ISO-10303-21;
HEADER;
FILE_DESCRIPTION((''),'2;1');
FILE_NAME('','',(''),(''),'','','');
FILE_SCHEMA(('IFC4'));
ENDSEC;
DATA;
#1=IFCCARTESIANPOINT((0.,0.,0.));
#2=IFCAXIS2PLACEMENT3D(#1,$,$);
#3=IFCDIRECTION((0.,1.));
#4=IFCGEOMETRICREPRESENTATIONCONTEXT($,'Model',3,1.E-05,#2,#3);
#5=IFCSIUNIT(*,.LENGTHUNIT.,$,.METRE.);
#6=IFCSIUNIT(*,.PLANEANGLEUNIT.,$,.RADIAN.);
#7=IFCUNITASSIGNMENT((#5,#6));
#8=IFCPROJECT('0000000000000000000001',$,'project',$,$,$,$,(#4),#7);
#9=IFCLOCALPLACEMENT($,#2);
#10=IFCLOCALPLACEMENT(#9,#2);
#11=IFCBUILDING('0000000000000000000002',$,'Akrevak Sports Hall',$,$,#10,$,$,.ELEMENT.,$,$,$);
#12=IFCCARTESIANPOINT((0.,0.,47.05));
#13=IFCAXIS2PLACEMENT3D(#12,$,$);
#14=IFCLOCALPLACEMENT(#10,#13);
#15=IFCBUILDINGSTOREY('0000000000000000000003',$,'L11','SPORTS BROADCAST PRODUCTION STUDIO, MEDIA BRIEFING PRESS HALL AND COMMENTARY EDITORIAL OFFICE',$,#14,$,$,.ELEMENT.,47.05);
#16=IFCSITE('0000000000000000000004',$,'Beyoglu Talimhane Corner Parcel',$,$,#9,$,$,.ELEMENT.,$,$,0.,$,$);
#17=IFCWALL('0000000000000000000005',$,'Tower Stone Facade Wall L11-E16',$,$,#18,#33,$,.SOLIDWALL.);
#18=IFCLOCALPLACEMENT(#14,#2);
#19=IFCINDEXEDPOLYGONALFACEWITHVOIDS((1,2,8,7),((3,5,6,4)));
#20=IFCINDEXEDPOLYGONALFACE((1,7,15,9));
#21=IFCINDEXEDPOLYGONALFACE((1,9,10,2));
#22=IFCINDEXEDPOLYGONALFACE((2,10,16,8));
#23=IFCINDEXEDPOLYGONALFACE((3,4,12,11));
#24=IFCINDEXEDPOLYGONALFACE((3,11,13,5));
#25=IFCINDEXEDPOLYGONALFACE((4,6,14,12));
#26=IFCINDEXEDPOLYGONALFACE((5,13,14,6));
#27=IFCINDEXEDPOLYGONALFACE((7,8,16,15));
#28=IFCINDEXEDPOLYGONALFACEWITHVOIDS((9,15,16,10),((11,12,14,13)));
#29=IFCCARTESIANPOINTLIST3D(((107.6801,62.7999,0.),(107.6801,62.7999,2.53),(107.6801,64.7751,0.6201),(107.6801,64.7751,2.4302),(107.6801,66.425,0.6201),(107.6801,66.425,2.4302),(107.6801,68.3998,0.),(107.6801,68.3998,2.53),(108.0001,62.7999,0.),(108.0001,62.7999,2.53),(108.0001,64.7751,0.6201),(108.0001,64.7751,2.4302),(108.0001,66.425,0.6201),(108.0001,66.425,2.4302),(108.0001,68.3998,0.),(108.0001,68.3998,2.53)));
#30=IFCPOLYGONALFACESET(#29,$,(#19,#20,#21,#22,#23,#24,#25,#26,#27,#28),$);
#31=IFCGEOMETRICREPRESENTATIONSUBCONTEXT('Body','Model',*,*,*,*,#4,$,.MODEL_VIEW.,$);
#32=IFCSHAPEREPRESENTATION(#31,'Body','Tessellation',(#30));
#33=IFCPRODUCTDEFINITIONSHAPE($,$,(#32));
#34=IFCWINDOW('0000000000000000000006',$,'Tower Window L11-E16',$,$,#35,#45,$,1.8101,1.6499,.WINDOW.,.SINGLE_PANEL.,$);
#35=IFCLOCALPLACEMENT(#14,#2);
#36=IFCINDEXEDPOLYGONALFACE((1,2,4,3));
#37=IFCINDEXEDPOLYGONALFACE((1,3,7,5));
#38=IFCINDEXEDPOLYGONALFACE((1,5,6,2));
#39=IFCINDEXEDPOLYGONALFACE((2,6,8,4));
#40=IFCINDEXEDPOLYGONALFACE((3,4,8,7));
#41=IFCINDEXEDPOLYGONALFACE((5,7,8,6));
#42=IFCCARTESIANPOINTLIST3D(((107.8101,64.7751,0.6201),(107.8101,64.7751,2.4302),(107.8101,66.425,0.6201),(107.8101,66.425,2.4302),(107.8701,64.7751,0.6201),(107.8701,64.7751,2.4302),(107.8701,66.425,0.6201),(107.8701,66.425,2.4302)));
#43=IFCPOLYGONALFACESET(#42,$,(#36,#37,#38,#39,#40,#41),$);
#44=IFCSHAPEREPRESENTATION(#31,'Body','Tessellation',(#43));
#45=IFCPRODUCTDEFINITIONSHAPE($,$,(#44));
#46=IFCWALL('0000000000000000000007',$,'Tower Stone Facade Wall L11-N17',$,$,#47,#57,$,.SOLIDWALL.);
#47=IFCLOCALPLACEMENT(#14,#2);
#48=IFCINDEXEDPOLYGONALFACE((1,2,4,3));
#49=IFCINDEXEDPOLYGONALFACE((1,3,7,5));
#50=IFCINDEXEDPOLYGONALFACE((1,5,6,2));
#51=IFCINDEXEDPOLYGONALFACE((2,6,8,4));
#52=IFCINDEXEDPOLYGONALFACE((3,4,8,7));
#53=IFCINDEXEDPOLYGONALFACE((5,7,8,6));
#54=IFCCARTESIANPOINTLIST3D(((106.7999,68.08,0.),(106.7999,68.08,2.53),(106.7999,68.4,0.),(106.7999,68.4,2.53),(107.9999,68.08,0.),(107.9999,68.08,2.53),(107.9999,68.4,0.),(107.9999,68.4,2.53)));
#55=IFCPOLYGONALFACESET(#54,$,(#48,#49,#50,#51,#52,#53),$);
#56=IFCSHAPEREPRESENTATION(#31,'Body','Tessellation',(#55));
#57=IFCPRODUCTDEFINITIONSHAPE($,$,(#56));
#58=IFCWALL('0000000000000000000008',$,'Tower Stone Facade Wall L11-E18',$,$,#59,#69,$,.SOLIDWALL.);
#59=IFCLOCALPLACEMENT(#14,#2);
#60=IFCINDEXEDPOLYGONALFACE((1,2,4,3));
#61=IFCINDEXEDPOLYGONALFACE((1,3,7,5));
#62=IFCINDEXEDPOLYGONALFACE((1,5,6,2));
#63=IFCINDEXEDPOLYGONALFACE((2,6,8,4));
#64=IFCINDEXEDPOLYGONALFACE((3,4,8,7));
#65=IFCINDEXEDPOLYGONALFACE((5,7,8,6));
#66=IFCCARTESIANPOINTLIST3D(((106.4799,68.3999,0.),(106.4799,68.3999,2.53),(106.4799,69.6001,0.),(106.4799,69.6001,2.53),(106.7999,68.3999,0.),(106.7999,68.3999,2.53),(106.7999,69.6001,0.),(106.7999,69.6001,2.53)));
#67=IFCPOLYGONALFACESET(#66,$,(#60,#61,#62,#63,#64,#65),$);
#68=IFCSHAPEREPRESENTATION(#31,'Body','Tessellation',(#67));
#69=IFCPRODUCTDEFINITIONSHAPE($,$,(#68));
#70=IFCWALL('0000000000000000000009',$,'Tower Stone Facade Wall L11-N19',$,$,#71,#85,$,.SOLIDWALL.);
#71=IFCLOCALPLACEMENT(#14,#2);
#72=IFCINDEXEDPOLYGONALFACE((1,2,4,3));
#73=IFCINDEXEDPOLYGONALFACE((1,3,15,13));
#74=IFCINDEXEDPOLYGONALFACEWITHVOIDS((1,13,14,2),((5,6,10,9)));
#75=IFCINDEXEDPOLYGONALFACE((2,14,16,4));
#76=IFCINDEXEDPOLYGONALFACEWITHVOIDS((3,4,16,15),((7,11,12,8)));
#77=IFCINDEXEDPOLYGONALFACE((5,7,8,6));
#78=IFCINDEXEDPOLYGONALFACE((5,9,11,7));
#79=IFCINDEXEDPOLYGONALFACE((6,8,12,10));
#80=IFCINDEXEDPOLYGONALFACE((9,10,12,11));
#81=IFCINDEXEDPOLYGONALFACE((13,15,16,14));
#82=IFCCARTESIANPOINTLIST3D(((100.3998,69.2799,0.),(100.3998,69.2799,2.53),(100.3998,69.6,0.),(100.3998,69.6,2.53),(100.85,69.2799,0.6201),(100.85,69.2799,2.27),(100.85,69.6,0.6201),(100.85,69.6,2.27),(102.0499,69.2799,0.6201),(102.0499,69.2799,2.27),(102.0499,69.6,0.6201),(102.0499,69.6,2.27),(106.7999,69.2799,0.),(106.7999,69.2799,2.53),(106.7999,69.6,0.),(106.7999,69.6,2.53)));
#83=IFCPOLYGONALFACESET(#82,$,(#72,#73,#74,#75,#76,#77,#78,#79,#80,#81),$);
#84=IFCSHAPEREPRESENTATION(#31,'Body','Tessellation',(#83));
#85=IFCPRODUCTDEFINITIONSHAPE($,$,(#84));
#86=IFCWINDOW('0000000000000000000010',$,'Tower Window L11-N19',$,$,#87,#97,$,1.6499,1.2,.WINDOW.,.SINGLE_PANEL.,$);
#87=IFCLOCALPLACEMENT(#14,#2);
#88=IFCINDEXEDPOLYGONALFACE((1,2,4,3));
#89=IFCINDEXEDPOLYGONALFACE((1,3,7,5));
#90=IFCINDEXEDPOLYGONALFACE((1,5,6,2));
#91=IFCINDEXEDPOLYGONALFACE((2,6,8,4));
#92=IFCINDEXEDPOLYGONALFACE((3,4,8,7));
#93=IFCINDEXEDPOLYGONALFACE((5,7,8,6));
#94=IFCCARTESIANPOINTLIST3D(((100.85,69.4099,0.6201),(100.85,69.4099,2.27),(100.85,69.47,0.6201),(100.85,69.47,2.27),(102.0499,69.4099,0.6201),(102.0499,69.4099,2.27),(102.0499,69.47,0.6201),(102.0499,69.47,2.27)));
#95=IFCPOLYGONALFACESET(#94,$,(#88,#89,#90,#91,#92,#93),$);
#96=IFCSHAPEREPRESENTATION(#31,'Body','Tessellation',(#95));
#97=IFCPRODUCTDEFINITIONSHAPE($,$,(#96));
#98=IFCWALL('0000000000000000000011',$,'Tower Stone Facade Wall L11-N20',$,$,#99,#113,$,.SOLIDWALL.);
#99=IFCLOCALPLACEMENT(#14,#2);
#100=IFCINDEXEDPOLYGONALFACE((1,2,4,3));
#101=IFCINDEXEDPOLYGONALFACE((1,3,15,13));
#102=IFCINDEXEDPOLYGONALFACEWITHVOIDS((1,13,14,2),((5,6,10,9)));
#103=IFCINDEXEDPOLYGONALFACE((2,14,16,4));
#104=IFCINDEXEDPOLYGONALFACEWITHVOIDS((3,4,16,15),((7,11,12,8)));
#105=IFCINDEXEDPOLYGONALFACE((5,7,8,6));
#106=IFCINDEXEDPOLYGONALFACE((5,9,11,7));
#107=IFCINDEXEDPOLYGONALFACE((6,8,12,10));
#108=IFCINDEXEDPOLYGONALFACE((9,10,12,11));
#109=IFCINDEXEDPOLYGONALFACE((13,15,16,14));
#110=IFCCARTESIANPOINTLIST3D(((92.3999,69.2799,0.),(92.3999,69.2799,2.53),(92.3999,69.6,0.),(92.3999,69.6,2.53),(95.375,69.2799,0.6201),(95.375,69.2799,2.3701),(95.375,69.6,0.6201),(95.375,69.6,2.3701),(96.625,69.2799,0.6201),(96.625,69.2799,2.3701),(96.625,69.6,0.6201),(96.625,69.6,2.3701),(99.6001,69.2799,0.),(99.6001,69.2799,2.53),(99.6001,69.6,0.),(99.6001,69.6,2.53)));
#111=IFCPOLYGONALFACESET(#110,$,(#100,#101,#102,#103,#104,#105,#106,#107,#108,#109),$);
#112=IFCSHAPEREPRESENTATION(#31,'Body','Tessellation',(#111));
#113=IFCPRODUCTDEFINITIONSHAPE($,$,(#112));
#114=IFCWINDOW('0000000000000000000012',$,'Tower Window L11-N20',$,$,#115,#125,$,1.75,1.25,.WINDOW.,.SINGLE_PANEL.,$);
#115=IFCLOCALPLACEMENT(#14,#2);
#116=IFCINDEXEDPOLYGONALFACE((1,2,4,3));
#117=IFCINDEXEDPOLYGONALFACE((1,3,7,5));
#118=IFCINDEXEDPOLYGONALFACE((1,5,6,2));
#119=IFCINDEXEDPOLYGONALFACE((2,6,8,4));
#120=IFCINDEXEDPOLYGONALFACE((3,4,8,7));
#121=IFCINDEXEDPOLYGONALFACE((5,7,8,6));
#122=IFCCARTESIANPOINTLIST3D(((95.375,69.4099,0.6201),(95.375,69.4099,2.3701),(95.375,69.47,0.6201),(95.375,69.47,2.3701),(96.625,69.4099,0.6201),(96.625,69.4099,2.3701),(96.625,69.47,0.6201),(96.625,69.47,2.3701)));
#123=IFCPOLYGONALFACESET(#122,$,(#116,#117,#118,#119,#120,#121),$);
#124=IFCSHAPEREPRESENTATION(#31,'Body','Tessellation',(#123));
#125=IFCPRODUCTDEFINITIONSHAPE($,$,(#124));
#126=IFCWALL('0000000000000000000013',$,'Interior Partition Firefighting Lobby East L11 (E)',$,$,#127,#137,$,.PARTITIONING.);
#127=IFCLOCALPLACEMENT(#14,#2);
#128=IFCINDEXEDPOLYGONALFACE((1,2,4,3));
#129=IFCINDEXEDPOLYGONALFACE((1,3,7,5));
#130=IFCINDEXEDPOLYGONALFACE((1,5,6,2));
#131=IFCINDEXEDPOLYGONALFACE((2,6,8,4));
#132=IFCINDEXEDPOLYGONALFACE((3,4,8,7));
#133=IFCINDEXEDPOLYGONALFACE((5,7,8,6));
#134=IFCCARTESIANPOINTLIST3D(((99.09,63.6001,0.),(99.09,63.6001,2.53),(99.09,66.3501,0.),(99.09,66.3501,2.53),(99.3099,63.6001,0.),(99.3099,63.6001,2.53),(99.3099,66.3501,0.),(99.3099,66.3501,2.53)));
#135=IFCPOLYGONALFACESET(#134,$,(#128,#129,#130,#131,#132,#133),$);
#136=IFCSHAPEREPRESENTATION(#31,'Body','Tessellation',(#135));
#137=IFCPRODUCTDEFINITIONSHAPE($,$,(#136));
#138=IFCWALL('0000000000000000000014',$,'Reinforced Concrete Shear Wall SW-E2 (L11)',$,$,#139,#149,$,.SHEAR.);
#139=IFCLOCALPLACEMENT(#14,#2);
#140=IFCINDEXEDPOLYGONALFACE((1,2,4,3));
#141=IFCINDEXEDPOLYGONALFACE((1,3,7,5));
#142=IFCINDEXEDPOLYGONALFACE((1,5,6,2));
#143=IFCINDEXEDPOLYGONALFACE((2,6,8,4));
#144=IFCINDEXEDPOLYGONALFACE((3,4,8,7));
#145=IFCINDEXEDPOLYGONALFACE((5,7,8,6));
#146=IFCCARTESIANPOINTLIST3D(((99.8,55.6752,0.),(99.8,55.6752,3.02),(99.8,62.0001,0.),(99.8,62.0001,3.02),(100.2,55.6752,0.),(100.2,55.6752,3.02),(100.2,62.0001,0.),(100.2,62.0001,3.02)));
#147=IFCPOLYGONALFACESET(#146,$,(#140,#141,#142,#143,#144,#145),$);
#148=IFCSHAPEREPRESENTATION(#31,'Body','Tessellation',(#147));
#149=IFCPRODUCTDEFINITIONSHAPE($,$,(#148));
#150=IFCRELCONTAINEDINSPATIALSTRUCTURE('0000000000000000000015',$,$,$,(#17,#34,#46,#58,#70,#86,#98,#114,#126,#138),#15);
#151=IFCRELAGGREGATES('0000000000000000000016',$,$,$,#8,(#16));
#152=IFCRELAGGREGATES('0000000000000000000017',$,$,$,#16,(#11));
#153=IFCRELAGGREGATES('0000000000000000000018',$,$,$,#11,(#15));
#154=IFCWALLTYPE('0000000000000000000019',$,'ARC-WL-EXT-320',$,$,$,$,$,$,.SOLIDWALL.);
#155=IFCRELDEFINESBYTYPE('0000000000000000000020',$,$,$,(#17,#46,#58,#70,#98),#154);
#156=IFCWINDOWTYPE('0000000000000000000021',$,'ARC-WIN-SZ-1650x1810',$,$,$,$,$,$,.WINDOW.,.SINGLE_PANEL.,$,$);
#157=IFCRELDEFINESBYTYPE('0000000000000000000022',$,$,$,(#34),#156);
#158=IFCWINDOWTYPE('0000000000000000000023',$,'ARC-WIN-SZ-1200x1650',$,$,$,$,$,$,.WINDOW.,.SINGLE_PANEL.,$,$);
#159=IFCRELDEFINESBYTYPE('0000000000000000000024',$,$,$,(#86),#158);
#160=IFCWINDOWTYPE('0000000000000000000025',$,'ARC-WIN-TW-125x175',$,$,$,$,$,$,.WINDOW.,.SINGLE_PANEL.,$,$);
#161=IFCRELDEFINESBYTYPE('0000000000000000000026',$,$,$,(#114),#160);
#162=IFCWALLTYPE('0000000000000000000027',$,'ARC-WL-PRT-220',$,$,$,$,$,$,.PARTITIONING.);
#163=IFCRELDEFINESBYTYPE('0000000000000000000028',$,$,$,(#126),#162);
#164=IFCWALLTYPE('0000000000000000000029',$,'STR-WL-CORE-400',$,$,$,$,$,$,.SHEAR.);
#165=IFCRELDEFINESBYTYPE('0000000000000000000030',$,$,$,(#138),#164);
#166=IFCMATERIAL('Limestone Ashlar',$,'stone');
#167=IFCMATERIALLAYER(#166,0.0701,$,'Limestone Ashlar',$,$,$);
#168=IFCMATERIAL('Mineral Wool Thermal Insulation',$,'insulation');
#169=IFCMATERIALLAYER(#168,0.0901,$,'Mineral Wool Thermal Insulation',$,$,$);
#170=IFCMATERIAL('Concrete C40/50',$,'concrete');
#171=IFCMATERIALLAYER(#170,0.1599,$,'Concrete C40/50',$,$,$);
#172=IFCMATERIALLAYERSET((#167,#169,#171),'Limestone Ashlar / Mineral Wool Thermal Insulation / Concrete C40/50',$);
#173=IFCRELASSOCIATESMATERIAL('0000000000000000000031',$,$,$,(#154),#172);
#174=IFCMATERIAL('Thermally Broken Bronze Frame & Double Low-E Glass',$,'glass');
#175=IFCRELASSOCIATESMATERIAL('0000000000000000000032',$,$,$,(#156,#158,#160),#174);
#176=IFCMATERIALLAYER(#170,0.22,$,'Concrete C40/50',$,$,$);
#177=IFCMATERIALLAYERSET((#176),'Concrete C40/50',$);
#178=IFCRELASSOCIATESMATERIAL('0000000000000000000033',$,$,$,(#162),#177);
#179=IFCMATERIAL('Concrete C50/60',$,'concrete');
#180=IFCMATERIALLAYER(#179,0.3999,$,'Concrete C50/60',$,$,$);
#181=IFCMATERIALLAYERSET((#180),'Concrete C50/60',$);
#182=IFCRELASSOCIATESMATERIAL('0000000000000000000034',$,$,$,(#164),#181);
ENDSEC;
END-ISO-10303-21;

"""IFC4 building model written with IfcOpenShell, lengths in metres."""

from ifc_helpers import new_model, si_unit, direction, frame, frame_2d, origin, place, context, subcontext, project, spatial, rectangle, extrude, material, layer, layer_set, type_object, element, fill, save


model = new_model("IFC4")

# Units and contexts
model_context = context("Model", 3, precision=1e-05, world=origin(), true_north=direction((0.0, 1.0)))
body_context = subcontext(model_context, "Body", "Model", "MODEL_VIEW")
ifc_project = project(units=[si_unit("LENGTHUNIT", "METRE"), si_unit("PLANEANGLEUNIT", "RADIAN")], contexts=[model_context])

# Site, building, storey
site_placement = place(None, origin())
site = spatial("IfcSite", under=ifc_project, at=site_placement, Name="Beyoglu Talimhane Corner Parcel", CompositionType="ELEMENT", RefElevation=0.0)
building_placement = place(site_placement, origin())
building = spatial("IfcBuilding", under=site, at=building_placement, Name="Akrevak Sports Hall", CompositionType="ELEMENT")
storey_placement = place(building_placement, frame((0.0, 0.0, 47.05)))
storey = spatial("IfcBuildingStorey", under=building, at=storey_placement, Name="L11", Description="SPORTS BROADCAST PRODUCTION STUDIO, MEDIA BRIEFING PRESS HALL AND COMMENTARY EDITORIAL OFFICE", CompositionType="ELEMENT", Elevation=47.05)

# Shared definitions
ifc_material_1 = material(Name="Concrete C40/50", Category="concrete")
ifc_material_2 = material(Name="Concrete C50/60", Category="concrete")

# Wall, opening, window
ifc_material_3 = material(Name="Limestone Ashlar", Category="stone")
ifc_layer_1 = layer(ifc_material_3, 0.0701, Name="Limestone Ashlar")
ifc_material_4 = material(Name="Mineral Wool Thermal Insulation", Category="insulation")
ifc_layer_2 = layer(ifc_material_4, 0.0901, Name="Mineral Wool Thermal Insulation")
ifc_layer_3 = layer(ifc_material_1, 0.1599, Name="Concrete C40/50")
ifc_layer_set_1 = layer_set([ifc_layer_1, ifc_layer_2, ifc_layer_3], Name="Limestone Ashlar / Mineral Wool Thermal Insulation / Concrete C40/50")
wall_type_1 = type_object("IfcWallType", Name="ARC-WL-EXT-320", PredefinedType="SOLIDWALL", material=ifc_layer_set_1)
ifc_material_5 = material(Name="Thermally Broken Bronze Frame & Double Low-E Glass", Category="glass")
wall_1_placement = place(storey_placement, frame((107.8401, 62.8, 0.0), z_axis=(0.0, 0.0, 1.0), x_axis=(0.0, 1.0, 0.0)))
wall_1 = element("IfcWall", 1, at=wall_1_placement, inside=storey, type_object=wall_type_1, Name="Tower Stone Facade Wall L11-E16", PredefinedType="SOLIDWALL", context=body_context, shape_type="SweptSolid", body=[
    extrude(rectangle(XDim=5.5999, YDim=0.3201, at=frame_2d((2.7998, 0.0))), origin(), (0.0, 0.0, 1.0), 2.53),
])
opening_1_placement = place(wall_1_placement, frame((1.9751, 0.0, 0.6201)))
opening_1 = element("IfcOpeningElement", 2, at=opening_1_placement, cuts=wall_1, PredefinedType="OPENING", context=body_context, shape_type="SweptSolid", body=[
    extrude(rectangle(XDim=1.6499, YDim=1.8101, at=frame_2d((0.825, 0.905))), frame((0.0, 0.1719, 0.0), z_axis=(0.0, -1.0, 0.0), x_axis=(1.0, 0.0, 0.0)), (0.0, 0.0, 1.0), 0.344),
])
window_type_1 = type_object("IfcWindowType", Name="ARC-WIN-SZ-1650x1810", PartitioningType="SINGLE_PANEL", PredefinedType="WINDOW", material=ifc_material_5)
window_1_placement = place(opening_1_placement, origin())
window_1 = element("IfcWindow", 3, at=window_1_placement, inside=storey, type_object=window_type_1, Name="Tower Window L11-E16", OverallHeight=1.8101, OverallWidth=1.6499, PartitioningType="SINGLE_PANEL", PredefinedType="WINDOW", context=body_context, shape_type="SweptSolid", body=[
    extrude(rectangle(XDim=1.6499, YDim=1.8101, at=frame_2d((0.825, 0.905))), frame((0.0, 0.03, 0.0), z_axis=(0.0, -1.0, 0.0), x_axis=(1.0, 0.0, 0.0)), (0.0, 0.0, 1.0), 0.0601),
])
fill(opening_1, window_1)

# Walls
wall_2_placement = place(storey_placement, frame((108.0, 68.24, 0.0), z_axis=(0.0, 0.0, 1.0), x_axis=(-1.0, 0.0, 0.0)))
element("IfcWall", 4, at=wall_2_placement, inside=storey, type_object=wall_type_1, Name="Tower Stone Facade Wall L11-N17", PredefinedType="SOLIDWALL", context=body_context, shape_type="SweptSolid", body=[
    extrude(rectangle(XDim=1.2, YDim=0.3201, at=frame_2d((0.6001, 0.0))), origin(), (0.0, 0.0, 1.0), 2.53),
])
wall_3_placement = place(storey_placement, frame((106.6399, 68.3999, 0.0), z_axis=(0.0, 0.0, 1.0), x_axis=(0.0, 1.0, 0.0)))
element("IfcWall", 5, at=wall_3_placement, inside=storey, type_object=wall_type_1, Name="Tower Stone Facade Wall L11-E18", PredefinedType="SOLIDWALL", context=body_context, shape_type="SweptSolid", body=[
    extrude(rectangle(XDim=1.2002, YDim=0.3201, at=frame_2d((0.6001, 0.0))), origin(), (0.0, 0.0, 1.0), 2.53),
])

# Walls, openings, windows
wall_4_placement = place(storey_placement, frame((106.8, 69.4399, 0.0), z_axis=(0.0, 0.0, 1.0), x_axis=(-1.0, 0.0, 0.0)))
wall_4 = element("IfcWall", 6, at=wall_4_placement, inside=storey, type_object=wall_type_1, Name="Tower Stone Facade Wall L11-N19", PredefinedType="SOLIDWALL", context=body_context, shape_type="SweptSolid", body=[
    extrude(rectangle(XDim=6.4001, YDim=0.3201, at=frame_2d((3.2002, 0.0))), origin(), (0.0, 0.0, 1.0), 2.53),
])
opening_2_placement = place(wall_4_placement, frame((4.75, 0.0, 0.6201)))
opening_2 = element("IfcOpeningElement", 7, at=opening_2_placement, cuts=wall_4, PredefinedType="OPENING", context=body_context, shape_type="SweptSolid", body=[
    extrude(rectangle(XDim=1.2, YDim=1.6499, at=frame_2d((0.6001, 0.825))), frame((0.0, 0.1719, 0.0), z_axis=(0.0, -1.0, 0.0), x_axis=(1.0, 0.0, 0.0)), (0.0, 0.0, 1.0), 0.344),
])
window_type_2 = type_object("IfcWindowType", Name="ARC-WIN-SZ-1200x1650", PartitioningType="SINGLE_PANEL", PredefinedType="WINDOW", material=ifc_material_5)
window_2_placement = place(opening_2_placement, origin())
window_2 = element("IfcWindow", 8, at=window_2_placement, inside=storey, type_object=window_type_2, Name="Tower Window L11-N19", OverallHeight=1.6499, OverallWidth=1.2, PartitioningType="SINGLE_PANEL", PredefinedType="WINDOW", context=body_context, shape_type="SweptSolid", body=[
    extrude(rectangle(XDim=1.2, YDim=1.6499, at=frame_2d((0.6001, 0.825))), frame((0.0, 0.03, 0.0), z_axis=(0.0, -1.0, 0.0), x_axis=(1.0, 0.0, 0.0)), (0.0, 0.0, 1.0), 0.0601),
])
fill(opening_2, window_2)
wall_5_placement = place(storey_placement, frame((99.6001, 69.4399, 0.0), z_axis=(0.0, 0.0, 1.0), x_axis=(-1.0, 0.0, 0.0)))
wall_5 = element("IfcWall", 9, at=wall_5_placement, inside=storey, type_object=wall_type_1, Name="Tower Stone Facade Wall L11-N20", PredefinedType="SOLIDWALL", context=body_context, shape_type="SweptSolid", body=[
    extrude(rectangle(XDim=7.2002, YDim=0.3201, at=frame_2d((3.6001, 0.0))), origin(), (0.0, 0.0, 1.0), 2.53),
])
opening_3_placement = place(wall_5_placement, frame((2.9751, 0.0, 0.6201)))
opening_3 = element("IfcOpeningElement", 10, at=opening_3_placement, cuts=wall_5, PredefinedType="OPENING", context=body_context, shape_type="SweptSolid", body=[
    extrude(rectangle(XDim=1.25, YDim=1.75, at=frame_2d((0.625, 0.875))), frame((0.0, 0.1719, 0.0), z_axis=(0.0, -1.0, 0.0), x_axis=(1.0, 0.0, 0.0)), (0.0, 0.0, 1.0), 0.344),
])
window_type_3 = type_object("IfcWindowType", Name="ARC-WIN-TW-125x175", PartitioningType="SINGLE_PANEL", PredefinedType="WINDOW", material=ifc_material_5)
window_3_placement = place(opening_3_placement, origin())
window_3 = element("IfcWindow", 11, at=window_3_placement, inside=storey, type_object=window_type_3, Name="Tower Window L11-N20", OverallHeight=1.75, OverallWidth=1.25, PartitioningType="SINGLE_PANEL", PredefinedType="WINDOW", context=body_context, shape_type="SweptSolid", body=[
    extrude(rectangle(XDim=1.25, YDim=1.75, at=frame_2d((0.625, 0.875))), frame((0.0, 0.03, 0.0), z_axis=(0.0, -1.0, 0.0), x_axis=(1.0, 0.0, 0.0)), (0.0, 0.0, 1.0), 0.0601),
])
fill(opening_3, window_3)

# Walls
ifc_layer_4 = layer(ifc_material_1, 0.22, Name="Concrete C40/50")
ifc_layer_set_2 = layer_set([ifc_layer_4], Name="Concrete C40/50")
wall_type_2 = type_object("IfcWallType", Name="ARC-WL-PRT-220", PredefinedType="PARTITIONING", material=ifc_layer_set_2)
wall_6_placement = place(storey_placement, frame((99.2, 63.6001, 0.0), z_axis=(0.0, 0.0, 1.0), x_axis=(0.0, 1.0, 0.0)))
element("IfcWall", 12, at=wall_6_placement, inside=storey, type_object=wall_type_2, Name="Interior Partition Firefighting Lobby East L11 (E)", PredefinedType="PARTITIONING", context=body_context, shape_type="SweptSolid", body=[
    extrude(rectangle(XDim=2.75, YDim=0.22, at=frame_2d((1.375, 0.0))), origin(), (0.0, 0.0, 1.0), 2.53),
])
ifc_layer_5 = layer(ifc_material_2, 0.3999, Name="Concrete C50/60")
ifc_layer_set_3 = layer_set([ifc_layer_5], Name="Concrete C50/60")
wall_type_3 = type_object("IfcWallType", Name="STR-WL-CORE-400", PredefinedType="SHEAR", material=ifc_layer_set_3)
wall_7_placement = place(storey_placement, frame((100.0, 55.675, 0.0), z_axis=(0.0, 0.0, 1.0), x_axis=(0.0, 1.0, 0.0)))
element("IfcWall", 13, at=wall_7_placement, inside=storey, type_object=wall_type_3, Name="Reinforced Concrete Shear Wall SW-E2 (L11)", PredefinedType="SHEAR", context=body_context, shape_type="SweptSolid", body=[
    extrude(rectangle(XDim=6.325, YDim=0.3999, at=frame_2d((3.1626, 0.0))), origin(), (0.0, 0.0, 1.0), 3.02),
])

save(model, "model.ifc")
